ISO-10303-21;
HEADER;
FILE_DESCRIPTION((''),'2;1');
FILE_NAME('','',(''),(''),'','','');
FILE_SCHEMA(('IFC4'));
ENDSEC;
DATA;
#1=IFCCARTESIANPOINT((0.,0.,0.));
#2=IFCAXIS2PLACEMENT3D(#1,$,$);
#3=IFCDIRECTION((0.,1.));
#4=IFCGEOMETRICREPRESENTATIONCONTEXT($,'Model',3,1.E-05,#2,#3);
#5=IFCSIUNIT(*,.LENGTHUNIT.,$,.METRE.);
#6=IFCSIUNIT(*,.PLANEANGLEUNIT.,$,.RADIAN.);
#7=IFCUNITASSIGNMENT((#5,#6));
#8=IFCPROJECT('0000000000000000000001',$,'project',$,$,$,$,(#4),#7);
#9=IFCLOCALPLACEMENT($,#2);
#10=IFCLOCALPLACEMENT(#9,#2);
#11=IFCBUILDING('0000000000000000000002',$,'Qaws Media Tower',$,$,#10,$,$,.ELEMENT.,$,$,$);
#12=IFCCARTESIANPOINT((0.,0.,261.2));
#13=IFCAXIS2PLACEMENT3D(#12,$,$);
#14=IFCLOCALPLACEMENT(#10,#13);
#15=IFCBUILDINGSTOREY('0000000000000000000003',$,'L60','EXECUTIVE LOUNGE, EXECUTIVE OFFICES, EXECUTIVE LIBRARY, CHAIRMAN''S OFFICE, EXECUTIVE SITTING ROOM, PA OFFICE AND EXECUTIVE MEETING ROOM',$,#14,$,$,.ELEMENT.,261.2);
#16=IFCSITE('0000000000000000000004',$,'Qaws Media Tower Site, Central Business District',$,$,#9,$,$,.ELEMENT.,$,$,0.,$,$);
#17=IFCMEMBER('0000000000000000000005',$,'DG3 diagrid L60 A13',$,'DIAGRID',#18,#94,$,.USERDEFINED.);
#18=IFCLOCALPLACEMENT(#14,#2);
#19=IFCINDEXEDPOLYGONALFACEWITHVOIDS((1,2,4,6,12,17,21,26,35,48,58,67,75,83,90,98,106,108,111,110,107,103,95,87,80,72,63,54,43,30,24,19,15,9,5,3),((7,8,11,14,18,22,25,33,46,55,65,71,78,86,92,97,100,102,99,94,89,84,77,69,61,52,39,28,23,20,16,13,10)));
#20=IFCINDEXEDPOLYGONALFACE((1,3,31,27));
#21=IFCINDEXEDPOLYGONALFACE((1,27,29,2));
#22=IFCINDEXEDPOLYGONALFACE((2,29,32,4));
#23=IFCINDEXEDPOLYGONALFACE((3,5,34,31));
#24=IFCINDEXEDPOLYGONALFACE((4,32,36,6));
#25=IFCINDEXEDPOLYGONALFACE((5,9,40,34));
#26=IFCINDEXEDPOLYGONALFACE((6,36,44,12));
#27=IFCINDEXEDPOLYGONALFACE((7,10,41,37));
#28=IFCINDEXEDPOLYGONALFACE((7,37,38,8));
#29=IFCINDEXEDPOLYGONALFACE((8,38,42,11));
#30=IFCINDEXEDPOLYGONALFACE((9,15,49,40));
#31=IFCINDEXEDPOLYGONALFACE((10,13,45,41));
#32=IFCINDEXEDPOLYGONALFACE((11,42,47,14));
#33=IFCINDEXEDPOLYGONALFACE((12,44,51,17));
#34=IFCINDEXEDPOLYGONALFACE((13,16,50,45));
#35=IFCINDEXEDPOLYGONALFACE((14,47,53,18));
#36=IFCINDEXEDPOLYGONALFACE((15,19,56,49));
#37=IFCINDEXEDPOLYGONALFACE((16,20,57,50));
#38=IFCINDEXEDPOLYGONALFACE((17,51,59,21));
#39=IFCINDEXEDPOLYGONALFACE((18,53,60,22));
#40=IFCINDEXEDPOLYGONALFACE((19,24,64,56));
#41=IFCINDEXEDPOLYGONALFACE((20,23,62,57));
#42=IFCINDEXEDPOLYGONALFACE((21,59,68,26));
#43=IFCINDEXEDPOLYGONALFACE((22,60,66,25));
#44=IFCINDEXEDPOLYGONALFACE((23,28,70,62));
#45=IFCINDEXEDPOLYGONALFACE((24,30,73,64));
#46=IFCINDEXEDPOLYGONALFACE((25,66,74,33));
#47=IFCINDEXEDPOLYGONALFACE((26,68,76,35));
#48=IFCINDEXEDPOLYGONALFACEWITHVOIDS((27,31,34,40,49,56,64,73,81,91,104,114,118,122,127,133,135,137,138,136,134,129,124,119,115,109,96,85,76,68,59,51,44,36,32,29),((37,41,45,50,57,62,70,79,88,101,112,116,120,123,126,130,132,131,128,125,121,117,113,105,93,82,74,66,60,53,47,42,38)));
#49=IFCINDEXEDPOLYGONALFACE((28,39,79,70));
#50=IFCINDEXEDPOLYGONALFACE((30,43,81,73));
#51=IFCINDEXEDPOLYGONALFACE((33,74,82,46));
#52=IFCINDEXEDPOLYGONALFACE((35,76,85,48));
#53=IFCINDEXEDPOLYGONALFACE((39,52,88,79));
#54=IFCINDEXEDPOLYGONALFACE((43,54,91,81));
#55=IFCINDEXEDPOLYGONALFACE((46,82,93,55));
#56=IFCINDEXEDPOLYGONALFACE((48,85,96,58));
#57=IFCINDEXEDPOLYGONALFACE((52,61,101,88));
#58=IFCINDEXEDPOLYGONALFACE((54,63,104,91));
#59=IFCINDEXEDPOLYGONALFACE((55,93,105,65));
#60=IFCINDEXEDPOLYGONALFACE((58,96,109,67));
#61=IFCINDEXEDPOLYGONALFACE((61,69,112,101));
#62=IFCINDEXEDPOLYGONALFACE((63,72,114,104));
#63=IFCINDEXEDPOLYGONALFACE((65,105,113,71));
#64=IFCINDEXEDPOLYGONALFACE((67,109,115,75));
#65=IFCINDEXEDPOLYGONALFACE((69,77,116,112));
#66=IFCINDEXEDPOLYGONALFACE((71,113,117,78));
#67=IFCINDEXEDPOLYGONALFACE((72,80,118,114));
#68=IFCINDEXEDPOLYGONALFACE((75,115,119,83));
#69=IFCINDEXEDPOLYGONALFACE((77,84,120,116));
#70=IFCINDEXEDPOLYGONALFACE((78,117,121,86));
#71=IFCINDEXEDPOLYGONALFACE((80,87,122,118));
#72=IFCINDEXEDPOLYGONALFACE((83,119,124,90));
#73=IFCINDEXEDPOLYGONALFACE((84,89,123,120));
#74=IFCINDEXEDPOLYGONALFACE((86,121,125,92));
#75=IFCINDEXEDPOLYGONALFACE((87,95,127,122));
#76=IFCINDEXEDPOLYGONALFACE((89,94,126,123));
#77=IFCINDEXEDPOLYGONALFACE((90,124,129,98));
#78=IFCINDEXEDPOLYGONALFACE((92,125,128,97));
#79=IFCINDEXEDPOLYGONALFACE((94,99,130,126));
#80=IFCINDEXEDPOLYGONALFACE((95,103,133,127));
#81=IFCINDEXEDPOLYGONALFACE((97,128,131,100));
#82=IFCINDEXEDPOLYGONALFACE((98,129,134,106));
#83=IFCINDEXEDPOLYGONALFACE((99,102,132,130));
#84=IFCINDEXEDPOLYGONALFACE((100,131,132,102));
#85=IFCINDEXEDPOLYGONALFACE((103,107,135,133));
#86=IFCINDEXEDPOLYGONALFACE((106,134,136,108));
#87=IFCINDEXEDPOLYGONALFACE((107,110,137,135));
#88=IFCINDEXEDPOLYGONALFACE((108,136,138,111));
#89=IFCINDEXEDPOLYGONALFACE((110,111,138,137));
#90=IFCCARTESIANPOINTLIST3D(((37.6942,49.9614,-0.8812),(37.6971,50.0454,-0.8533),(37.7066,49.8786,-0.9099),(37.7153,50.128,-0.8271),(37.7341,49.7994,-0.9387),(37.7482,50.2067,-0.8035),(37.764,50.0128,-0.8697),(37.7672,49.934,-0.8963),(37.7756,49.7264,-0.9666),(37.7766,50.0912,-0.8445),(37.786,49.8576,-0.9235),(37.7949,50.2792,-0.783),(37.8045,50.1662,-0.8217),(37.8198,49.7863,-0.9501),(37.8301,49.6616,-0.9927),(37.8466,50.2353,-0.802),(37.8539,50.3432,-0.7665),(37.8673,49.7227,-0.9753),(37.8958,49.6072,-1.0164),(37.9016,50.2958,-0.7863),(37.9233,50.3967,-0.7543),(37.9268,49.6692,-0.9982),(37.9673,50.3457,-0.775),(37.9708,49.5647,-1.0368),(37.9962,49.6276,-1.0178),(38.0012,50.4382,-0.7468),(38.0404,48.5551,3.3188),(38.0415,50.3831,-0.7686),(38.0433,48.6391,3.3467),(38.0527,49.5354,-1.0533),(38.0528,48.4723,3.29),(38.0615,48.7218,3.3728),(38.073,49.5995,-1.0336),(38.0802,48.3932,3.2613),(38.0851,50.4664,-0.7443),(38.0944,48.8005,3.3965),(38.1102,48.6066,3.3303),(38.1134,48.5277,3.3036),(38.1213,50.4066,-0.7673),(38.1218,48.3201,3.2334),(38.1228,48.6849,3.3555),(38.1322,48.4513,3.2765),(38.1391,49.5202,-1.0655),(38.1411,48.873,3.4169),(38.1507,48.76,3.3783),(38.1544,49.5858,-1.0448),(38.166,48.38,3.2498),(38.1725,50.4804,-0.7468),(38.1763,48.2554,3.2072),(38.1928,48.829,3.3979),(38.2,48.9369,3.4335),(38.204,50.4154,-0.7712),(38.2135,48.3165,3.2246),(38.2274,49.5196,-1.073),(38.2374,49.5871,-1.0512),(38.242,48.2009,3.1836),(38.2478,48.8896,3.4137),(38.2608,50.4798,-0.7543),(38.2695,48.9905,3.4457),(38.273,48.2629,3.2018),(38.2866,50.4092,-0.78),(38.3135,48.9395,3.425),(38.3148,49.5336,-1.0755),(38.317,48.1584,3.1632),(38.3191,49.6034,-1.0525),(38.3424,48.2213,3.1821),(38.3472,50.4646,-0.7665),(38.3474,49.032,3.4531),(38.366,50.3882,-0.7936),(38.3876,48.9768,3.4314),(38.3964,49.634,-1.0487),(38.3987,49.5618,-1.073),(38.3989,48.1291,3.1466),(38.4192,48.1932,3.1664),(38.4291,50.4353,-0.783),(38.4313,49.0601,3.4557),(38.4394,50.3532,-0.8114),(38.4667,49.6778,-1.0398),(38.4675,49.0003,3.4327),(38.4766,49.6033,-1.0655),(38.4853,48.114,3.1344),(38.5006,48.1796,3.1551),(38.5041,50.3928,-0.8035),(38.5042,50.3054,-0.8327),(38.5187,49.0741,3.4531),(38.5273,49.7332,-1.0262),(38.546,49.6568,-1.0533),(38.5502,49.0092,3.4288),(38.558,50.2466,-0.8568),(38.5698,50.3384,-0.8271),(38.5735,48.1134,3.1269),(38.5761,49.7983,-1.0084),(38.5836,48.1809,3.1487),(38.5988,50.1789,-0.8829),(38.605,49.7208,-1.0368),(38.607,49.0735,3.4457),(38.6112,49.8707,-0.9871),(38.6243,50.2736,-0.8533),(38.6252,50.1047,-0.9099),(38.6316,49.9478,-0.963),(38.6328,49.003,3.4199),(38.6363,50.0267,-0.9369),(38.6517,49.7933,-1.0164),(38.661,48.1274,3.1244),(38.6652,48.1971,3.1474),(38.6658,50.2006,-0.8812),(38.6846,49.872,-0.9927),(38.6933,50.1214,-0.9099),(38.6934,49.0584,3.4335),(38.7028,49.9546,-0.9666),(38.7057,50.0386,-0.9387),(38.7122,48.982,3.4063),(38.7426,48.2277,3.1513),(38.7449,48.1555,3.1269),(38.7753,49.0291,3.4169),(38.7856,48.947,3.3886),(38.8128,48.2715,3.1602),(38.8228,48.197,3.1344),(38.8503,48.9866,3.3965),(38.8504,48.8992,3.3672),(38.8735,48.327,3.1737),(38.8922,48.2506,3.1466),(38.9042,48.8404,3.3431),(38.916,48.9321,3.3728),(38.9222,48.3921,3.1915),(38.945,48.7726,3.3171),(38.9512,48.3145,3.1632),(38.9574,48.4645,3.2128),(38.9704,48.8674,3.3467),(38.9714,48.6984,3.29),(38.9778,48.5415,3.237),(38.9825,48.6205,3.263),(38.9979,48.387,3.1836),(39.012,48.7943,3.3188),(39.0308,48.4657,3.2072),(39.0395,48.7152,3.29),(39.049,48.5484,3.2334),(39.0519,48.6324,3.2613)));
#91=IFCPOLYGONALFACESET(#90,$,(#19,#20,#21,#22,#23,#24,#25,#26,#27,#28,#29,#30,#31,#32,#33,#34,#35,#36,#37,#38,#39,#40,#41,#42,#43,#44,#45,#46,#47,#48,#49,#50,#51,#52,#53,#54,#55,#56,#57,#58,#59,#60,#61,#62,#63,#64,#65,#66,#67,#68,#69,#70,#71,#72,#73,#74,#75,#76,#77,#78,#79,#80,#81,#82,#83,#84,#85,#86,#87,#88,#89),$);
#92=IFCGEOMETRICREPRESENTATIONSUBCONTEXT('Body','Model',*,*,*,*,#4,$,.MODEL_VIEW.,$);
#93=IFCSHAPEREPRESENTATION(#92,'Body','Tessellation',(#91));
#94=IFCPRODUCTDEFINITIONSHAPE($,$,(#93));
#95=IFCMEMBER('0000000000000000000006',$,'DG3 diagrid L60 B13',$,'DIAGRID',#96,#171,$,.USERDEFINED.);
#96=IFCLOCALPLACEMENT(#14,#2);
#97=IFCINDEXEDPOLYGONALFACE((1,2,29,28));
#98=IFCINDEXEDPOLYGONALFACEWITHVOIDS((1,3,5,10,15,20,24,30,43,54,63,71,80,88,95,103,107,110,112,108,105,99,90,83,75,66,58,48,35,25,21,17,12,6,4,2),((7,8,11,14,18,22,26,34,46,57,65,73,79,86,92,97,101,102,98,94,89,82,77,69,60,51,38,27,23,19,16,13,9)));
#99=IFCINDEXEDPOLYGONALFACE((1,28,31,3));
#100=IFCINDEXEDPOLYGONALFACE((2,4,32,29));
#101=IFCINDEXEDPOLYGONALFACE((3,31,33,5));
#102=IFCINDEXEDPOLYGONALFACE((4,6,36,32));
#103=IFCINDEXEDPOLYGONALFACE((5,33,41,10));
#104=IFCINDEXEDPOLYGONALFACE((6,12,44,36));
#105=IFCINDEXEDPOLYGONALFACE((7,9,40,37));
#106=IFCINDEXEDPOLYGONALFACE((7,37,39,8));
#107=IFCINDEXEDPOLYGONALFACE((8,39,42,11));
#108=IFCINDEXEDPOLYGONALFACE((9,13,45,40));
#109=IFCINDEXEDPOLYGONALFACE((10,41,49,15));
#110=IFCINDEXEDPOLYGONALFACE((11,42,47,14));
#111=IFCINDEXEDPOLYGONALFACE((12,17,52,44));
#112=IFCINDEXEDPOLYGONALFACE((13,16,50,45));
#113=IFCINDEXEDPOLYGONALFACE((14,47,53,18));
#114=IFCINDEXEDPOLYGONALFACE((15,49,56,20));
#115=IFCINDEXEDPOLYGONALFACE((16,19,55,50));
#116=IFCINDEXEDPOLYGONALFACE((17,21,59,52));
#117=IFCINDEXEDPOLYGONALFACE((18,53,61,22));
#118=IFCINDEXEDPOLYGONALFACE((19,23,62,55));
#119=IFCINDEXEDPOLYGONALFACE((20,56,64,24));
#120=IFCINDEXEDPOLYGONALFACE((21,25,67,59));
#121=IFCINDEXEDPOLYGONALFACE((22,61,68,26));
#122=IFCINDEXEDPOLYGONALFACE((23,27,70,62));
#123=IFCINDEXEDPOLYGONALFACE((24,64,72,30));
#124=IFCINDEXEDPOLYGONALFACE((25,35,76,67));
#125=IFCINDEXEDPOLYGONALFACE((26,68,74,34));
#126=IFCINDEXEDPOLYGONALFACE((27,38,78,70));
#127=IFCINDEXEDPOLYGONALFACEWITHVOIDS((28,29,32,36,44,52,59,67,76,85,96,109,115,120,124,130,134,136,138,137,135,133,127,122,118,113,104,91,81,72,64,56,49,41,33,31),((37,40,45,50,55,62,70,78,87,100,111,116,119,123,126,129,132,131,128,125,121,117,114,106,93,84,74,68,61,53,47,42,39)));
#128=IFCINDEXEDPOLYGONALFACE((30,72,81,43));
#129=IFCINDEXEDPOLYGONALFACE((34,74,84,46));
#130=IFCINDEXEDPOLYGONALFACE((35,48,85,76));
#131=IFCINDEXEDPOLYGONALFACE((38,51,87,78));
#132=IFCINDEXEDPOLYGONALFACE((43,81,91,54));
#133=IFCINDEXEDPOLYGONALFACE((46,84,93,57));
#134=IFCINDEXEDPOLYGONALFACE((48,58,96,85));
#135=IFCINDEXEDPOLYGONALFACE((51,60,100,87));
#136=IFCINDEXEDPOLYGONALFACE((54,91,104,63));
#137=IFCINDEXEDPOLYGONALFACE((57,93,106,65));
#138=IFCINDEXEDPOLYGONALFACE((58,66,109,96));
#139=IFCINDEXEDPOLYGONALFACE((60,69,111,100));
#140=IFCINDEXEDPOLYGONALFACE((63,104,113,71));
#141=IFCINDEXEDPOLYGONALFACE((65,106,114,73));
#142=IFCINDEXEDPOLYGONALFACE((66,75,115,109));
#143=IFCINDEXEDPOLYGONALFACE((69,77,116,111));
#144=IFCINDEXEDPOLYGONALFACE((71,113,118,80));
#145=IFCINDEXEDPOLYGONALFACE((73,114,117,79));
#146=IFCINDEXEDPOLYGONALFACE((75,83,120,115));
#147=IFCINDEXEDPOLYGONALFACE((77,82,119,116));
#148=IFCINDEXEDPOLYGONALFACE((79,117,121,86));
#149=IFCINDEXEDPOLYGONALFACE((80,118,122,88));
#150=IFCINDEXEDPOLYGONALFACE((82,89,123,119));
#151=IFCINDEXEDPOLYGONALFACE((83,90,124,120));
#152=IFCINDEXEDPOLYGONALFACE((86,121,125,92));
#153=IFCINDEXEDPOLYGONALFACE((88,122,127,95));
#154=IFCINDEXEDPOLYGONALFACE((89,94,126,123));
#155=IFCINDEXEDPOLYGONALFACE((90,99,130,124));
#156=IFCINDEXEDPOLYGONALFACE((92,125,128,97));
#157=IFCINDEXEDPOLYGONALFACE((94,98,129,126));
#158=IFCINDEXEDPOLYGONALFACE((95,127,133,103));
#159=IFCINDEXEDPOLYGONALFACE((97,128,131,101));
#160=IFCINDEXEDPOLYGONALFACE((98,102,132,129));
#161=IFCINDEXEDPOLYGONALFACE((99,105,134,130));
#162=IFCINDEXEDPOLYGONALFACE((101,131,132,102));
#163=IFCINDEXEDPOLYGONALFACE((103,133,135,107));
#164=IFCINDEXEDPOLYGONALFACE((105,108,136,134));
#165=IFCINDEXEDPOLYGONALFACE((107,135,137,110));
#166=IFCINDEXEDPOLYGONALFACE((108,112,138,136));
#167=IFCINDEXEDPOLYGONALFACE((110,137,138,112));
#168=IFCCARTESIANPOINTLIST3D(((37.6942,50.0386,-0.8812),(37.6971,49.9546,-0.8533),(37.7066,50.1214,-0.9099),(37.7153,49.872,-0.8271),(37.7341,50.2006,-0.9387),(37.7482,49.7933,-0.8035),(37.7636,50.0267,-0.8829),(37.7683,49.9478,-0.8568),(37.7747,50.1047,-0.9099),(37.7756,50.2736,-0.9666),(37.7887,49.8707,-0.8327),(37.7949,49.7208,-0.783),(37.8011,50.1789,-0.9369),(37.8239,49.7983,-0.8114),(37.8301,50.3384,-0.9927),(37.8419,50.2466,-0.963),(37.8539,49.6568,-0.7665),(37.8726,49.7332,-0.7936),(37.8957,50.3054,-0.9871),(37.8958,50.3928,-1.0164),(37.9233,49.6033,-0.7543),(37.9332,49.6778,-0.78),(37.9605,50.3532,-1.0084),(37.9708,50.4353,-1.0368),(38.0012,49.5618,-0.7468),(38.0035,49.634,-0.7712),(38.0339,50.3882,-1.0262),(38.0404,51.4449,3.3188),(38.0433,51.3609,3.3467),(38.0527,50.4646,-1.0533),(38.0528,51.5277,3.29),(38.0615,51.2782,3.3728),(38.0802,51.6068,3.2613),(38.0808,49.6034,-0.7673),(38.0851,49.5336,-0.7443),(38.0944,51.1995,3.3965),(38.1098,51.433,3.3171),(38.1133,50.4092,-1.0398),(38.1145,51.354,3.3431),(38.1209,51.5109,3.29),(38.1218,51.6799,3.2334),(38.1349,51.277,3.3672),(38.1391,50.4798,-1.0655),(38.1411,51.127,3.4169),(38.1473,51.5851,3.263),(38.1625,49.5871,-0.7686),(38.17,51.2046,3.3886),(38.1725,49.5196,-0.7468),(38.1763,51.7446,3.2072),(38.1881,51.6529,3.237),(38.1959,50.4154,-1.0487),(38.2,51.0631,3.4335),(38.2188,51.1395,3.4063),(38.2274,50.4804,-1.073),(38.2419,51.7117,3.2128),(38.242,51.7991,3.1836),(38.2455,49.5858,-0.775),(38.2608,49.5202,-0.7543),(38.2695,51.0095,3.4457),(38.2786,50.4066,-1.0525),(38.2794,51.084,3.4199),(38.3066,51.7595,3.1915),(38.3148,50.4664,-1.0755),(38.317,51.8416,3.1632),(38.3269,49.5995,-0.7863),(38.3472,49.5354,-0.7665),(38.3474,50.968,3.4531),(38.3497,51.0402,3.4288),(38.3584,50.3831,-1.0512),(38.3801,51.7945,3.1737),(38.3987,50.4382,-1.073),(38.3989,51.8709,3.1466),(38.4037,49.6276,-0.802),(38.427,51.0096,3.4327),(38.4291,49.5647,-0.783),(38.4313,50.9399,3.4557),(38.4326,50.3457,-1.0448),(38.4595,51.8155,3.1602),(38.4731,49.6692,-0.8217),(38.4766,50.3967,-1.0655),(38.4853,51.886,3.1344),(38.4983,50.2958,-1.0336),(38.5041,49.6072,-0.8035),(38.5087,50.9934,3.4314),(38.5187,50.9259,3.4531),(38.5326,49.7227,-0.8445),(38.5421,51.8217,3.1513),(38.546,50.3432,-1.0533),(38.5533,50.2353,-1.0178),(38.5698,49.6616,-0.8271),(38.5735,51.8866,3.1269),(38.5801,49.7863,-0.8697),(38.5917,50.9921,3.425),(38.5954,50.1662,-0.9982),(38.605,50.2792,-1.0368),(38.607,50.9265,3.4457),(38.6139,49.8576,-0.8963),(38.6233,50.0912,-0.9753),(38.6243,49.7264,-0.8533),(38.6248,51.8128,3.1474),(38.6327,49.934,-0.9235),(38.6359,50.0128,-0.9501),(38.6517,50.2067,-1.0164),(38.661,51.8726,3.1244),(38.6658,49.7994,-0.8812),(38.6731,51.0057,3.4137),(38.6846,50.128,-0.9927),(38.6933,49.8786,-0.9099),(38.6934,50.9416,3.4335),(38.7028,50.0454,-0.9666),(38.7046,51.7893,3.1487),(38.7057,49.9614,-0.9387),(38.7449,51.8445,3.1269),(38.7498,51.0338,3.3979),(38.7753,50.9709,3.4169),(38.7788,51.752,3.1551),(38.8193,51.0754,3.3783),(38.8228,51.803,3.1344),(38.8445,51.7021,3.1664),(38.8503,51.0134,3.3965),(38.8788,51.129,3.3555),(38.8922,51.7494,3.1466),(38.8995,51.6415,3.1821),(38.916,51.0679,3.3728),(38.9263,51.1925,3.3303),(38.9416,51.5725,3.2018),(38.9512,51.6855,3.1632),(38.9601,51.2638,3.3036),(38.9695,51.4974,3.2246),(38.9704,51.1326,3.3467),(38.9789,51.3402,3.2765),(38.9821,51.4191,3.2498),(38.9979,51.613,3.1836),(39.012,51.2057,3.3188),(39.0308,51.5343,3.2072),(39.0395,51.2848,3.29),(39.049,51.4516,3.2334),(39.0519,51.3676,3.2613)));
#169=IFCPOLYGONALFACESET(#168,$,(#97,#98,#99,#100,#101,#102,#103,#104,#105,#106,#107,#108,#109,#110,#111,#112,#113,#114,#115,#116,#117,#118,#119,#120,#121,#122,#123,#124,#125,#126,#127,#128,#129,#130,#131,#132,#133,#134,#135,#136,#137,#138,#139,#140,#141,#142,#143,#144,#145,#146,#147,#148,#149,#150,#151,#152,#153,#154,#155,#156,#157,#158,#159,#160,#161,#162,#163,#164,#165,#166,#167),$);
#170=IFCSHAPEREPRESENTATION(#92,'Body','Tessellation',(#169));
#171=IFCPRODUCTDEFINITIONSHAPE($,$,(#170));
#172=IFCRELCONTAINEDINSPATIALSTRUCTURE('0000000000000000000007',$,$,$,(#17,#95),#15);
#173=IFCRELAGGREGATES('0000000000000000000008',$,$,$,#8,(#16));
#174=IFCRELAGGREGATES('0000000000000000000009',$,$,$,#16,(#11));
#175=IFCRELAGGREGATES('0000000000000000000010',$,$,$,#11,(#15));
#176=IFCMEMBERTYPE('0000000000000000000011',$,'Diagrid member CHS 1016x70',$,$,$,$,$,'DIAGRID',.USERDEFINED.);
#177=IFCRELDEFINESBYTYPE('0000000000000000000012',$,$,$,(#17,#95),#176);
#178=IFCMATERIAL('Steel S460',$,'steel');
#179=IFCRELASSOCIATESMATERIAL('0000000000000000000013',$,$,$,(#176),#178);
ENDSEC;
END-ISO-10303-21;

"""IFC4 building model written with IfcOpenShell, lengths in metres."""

from ifc_helpers import new_model, si_unit, direction, frame, origin, origin_2d, place, context, subcontext, project, spatial, hollow_circle, extrude, material, material_profile, profile_set, type_object, element, save


model = new_model("IFC4")

# Units and contexts
model_context = context("Model", 3, precision=1e-05, world=origin(), true_north=direction((0.0, 1.0)))
body_context = subcontext(model_context, "Body", "Model", "MODEL_VIEW")
ifc_project = project(units=[si_unit("LENGTHUNIT", "METRE"), si_unit("PLANEANGLEUNIT", "RADIAN")], contexts=[model_context])

# Site, building, storey
site_placement = place(None, origin())
site = spatial("IfcSite", under=ifc_project, at=site_placement, Name="Qaws Media Tower Site, Central Business District", CompositionType="ELEMENT", RefElevation=0.0)
building_placement = place(site_placement, origin())
building = spatial("IfcBuilding", under=site, at=building_placement, Name="Qaws Media Tower", CompositionType="ELEMENT")
storey_placement = place(building_placement, frame((0.0, 0.0, 261.2)))
storey = spatial("IfcBuildingStorey", under=building, at=storey_placement, Name="L60", Description="EXECUTIVE LOUNGE, EXECUTIVE OFFICES, EXECUTIVE LIBRARY, CHAIRMAN'S OFFICE, EXECUTIVE SITTING ROOM, PA OFFICE AND EXECUTIVE MEETING ROOM", CompositionType="ELEMENT", Elevation=261.2)

# Members
ifc_material_1 = material(Name="Steel S460", Category="steel")
ifc_material_profile_1 = material_profile(ifc_material_1, hollow_circle(Radius=0.5081, WallThickness=0.0701, at=origin_2d()), Name="CHS 1016x70")
ifc_profile_set_1 = profile_set([ifc_material_profile_1], Name="Steel S460")
member_type_1 = type_object("IfcMemberType", Name="Diagrid member CHS 1016x70", ElementType="DIAGRID", PredefinedType="USERDEFINED", material=ifc_profile_set_1)
for number, where, z_axis, x_axis, name in (
    (1, (38.2, 50.0, -0.9099), (0.077925, -0.316535, 0.945375), (0.971009, 0.239044, 0.0), "DG3 diagrid L60 A13"),
    (2, (38.2, 50.0, -0.9099), (0.077925, 0.316535, 0.945375), (-0.971009, 0.239044, 0.0), "DG3 diagrid L60 B13"),
):
    element("IfcMember", number, at=place(storey_placement, frame(where, z_axis=z_axis, x_axis=x_axis)), inside=storey, type_object=member_type_1, Name=name, ObjectType="DIAGRID", PredefinedType="USERDEFINED", context=body_context, shape_type="SweptSolid", body=[
        extrude(hollow_circle(Radius=0.5081, WallThickness=0.0701, at=origin_2d()), origin(), (0.0, 0.0, 1.0), 4.4426),
    ])

save(model, "model.ifc")
